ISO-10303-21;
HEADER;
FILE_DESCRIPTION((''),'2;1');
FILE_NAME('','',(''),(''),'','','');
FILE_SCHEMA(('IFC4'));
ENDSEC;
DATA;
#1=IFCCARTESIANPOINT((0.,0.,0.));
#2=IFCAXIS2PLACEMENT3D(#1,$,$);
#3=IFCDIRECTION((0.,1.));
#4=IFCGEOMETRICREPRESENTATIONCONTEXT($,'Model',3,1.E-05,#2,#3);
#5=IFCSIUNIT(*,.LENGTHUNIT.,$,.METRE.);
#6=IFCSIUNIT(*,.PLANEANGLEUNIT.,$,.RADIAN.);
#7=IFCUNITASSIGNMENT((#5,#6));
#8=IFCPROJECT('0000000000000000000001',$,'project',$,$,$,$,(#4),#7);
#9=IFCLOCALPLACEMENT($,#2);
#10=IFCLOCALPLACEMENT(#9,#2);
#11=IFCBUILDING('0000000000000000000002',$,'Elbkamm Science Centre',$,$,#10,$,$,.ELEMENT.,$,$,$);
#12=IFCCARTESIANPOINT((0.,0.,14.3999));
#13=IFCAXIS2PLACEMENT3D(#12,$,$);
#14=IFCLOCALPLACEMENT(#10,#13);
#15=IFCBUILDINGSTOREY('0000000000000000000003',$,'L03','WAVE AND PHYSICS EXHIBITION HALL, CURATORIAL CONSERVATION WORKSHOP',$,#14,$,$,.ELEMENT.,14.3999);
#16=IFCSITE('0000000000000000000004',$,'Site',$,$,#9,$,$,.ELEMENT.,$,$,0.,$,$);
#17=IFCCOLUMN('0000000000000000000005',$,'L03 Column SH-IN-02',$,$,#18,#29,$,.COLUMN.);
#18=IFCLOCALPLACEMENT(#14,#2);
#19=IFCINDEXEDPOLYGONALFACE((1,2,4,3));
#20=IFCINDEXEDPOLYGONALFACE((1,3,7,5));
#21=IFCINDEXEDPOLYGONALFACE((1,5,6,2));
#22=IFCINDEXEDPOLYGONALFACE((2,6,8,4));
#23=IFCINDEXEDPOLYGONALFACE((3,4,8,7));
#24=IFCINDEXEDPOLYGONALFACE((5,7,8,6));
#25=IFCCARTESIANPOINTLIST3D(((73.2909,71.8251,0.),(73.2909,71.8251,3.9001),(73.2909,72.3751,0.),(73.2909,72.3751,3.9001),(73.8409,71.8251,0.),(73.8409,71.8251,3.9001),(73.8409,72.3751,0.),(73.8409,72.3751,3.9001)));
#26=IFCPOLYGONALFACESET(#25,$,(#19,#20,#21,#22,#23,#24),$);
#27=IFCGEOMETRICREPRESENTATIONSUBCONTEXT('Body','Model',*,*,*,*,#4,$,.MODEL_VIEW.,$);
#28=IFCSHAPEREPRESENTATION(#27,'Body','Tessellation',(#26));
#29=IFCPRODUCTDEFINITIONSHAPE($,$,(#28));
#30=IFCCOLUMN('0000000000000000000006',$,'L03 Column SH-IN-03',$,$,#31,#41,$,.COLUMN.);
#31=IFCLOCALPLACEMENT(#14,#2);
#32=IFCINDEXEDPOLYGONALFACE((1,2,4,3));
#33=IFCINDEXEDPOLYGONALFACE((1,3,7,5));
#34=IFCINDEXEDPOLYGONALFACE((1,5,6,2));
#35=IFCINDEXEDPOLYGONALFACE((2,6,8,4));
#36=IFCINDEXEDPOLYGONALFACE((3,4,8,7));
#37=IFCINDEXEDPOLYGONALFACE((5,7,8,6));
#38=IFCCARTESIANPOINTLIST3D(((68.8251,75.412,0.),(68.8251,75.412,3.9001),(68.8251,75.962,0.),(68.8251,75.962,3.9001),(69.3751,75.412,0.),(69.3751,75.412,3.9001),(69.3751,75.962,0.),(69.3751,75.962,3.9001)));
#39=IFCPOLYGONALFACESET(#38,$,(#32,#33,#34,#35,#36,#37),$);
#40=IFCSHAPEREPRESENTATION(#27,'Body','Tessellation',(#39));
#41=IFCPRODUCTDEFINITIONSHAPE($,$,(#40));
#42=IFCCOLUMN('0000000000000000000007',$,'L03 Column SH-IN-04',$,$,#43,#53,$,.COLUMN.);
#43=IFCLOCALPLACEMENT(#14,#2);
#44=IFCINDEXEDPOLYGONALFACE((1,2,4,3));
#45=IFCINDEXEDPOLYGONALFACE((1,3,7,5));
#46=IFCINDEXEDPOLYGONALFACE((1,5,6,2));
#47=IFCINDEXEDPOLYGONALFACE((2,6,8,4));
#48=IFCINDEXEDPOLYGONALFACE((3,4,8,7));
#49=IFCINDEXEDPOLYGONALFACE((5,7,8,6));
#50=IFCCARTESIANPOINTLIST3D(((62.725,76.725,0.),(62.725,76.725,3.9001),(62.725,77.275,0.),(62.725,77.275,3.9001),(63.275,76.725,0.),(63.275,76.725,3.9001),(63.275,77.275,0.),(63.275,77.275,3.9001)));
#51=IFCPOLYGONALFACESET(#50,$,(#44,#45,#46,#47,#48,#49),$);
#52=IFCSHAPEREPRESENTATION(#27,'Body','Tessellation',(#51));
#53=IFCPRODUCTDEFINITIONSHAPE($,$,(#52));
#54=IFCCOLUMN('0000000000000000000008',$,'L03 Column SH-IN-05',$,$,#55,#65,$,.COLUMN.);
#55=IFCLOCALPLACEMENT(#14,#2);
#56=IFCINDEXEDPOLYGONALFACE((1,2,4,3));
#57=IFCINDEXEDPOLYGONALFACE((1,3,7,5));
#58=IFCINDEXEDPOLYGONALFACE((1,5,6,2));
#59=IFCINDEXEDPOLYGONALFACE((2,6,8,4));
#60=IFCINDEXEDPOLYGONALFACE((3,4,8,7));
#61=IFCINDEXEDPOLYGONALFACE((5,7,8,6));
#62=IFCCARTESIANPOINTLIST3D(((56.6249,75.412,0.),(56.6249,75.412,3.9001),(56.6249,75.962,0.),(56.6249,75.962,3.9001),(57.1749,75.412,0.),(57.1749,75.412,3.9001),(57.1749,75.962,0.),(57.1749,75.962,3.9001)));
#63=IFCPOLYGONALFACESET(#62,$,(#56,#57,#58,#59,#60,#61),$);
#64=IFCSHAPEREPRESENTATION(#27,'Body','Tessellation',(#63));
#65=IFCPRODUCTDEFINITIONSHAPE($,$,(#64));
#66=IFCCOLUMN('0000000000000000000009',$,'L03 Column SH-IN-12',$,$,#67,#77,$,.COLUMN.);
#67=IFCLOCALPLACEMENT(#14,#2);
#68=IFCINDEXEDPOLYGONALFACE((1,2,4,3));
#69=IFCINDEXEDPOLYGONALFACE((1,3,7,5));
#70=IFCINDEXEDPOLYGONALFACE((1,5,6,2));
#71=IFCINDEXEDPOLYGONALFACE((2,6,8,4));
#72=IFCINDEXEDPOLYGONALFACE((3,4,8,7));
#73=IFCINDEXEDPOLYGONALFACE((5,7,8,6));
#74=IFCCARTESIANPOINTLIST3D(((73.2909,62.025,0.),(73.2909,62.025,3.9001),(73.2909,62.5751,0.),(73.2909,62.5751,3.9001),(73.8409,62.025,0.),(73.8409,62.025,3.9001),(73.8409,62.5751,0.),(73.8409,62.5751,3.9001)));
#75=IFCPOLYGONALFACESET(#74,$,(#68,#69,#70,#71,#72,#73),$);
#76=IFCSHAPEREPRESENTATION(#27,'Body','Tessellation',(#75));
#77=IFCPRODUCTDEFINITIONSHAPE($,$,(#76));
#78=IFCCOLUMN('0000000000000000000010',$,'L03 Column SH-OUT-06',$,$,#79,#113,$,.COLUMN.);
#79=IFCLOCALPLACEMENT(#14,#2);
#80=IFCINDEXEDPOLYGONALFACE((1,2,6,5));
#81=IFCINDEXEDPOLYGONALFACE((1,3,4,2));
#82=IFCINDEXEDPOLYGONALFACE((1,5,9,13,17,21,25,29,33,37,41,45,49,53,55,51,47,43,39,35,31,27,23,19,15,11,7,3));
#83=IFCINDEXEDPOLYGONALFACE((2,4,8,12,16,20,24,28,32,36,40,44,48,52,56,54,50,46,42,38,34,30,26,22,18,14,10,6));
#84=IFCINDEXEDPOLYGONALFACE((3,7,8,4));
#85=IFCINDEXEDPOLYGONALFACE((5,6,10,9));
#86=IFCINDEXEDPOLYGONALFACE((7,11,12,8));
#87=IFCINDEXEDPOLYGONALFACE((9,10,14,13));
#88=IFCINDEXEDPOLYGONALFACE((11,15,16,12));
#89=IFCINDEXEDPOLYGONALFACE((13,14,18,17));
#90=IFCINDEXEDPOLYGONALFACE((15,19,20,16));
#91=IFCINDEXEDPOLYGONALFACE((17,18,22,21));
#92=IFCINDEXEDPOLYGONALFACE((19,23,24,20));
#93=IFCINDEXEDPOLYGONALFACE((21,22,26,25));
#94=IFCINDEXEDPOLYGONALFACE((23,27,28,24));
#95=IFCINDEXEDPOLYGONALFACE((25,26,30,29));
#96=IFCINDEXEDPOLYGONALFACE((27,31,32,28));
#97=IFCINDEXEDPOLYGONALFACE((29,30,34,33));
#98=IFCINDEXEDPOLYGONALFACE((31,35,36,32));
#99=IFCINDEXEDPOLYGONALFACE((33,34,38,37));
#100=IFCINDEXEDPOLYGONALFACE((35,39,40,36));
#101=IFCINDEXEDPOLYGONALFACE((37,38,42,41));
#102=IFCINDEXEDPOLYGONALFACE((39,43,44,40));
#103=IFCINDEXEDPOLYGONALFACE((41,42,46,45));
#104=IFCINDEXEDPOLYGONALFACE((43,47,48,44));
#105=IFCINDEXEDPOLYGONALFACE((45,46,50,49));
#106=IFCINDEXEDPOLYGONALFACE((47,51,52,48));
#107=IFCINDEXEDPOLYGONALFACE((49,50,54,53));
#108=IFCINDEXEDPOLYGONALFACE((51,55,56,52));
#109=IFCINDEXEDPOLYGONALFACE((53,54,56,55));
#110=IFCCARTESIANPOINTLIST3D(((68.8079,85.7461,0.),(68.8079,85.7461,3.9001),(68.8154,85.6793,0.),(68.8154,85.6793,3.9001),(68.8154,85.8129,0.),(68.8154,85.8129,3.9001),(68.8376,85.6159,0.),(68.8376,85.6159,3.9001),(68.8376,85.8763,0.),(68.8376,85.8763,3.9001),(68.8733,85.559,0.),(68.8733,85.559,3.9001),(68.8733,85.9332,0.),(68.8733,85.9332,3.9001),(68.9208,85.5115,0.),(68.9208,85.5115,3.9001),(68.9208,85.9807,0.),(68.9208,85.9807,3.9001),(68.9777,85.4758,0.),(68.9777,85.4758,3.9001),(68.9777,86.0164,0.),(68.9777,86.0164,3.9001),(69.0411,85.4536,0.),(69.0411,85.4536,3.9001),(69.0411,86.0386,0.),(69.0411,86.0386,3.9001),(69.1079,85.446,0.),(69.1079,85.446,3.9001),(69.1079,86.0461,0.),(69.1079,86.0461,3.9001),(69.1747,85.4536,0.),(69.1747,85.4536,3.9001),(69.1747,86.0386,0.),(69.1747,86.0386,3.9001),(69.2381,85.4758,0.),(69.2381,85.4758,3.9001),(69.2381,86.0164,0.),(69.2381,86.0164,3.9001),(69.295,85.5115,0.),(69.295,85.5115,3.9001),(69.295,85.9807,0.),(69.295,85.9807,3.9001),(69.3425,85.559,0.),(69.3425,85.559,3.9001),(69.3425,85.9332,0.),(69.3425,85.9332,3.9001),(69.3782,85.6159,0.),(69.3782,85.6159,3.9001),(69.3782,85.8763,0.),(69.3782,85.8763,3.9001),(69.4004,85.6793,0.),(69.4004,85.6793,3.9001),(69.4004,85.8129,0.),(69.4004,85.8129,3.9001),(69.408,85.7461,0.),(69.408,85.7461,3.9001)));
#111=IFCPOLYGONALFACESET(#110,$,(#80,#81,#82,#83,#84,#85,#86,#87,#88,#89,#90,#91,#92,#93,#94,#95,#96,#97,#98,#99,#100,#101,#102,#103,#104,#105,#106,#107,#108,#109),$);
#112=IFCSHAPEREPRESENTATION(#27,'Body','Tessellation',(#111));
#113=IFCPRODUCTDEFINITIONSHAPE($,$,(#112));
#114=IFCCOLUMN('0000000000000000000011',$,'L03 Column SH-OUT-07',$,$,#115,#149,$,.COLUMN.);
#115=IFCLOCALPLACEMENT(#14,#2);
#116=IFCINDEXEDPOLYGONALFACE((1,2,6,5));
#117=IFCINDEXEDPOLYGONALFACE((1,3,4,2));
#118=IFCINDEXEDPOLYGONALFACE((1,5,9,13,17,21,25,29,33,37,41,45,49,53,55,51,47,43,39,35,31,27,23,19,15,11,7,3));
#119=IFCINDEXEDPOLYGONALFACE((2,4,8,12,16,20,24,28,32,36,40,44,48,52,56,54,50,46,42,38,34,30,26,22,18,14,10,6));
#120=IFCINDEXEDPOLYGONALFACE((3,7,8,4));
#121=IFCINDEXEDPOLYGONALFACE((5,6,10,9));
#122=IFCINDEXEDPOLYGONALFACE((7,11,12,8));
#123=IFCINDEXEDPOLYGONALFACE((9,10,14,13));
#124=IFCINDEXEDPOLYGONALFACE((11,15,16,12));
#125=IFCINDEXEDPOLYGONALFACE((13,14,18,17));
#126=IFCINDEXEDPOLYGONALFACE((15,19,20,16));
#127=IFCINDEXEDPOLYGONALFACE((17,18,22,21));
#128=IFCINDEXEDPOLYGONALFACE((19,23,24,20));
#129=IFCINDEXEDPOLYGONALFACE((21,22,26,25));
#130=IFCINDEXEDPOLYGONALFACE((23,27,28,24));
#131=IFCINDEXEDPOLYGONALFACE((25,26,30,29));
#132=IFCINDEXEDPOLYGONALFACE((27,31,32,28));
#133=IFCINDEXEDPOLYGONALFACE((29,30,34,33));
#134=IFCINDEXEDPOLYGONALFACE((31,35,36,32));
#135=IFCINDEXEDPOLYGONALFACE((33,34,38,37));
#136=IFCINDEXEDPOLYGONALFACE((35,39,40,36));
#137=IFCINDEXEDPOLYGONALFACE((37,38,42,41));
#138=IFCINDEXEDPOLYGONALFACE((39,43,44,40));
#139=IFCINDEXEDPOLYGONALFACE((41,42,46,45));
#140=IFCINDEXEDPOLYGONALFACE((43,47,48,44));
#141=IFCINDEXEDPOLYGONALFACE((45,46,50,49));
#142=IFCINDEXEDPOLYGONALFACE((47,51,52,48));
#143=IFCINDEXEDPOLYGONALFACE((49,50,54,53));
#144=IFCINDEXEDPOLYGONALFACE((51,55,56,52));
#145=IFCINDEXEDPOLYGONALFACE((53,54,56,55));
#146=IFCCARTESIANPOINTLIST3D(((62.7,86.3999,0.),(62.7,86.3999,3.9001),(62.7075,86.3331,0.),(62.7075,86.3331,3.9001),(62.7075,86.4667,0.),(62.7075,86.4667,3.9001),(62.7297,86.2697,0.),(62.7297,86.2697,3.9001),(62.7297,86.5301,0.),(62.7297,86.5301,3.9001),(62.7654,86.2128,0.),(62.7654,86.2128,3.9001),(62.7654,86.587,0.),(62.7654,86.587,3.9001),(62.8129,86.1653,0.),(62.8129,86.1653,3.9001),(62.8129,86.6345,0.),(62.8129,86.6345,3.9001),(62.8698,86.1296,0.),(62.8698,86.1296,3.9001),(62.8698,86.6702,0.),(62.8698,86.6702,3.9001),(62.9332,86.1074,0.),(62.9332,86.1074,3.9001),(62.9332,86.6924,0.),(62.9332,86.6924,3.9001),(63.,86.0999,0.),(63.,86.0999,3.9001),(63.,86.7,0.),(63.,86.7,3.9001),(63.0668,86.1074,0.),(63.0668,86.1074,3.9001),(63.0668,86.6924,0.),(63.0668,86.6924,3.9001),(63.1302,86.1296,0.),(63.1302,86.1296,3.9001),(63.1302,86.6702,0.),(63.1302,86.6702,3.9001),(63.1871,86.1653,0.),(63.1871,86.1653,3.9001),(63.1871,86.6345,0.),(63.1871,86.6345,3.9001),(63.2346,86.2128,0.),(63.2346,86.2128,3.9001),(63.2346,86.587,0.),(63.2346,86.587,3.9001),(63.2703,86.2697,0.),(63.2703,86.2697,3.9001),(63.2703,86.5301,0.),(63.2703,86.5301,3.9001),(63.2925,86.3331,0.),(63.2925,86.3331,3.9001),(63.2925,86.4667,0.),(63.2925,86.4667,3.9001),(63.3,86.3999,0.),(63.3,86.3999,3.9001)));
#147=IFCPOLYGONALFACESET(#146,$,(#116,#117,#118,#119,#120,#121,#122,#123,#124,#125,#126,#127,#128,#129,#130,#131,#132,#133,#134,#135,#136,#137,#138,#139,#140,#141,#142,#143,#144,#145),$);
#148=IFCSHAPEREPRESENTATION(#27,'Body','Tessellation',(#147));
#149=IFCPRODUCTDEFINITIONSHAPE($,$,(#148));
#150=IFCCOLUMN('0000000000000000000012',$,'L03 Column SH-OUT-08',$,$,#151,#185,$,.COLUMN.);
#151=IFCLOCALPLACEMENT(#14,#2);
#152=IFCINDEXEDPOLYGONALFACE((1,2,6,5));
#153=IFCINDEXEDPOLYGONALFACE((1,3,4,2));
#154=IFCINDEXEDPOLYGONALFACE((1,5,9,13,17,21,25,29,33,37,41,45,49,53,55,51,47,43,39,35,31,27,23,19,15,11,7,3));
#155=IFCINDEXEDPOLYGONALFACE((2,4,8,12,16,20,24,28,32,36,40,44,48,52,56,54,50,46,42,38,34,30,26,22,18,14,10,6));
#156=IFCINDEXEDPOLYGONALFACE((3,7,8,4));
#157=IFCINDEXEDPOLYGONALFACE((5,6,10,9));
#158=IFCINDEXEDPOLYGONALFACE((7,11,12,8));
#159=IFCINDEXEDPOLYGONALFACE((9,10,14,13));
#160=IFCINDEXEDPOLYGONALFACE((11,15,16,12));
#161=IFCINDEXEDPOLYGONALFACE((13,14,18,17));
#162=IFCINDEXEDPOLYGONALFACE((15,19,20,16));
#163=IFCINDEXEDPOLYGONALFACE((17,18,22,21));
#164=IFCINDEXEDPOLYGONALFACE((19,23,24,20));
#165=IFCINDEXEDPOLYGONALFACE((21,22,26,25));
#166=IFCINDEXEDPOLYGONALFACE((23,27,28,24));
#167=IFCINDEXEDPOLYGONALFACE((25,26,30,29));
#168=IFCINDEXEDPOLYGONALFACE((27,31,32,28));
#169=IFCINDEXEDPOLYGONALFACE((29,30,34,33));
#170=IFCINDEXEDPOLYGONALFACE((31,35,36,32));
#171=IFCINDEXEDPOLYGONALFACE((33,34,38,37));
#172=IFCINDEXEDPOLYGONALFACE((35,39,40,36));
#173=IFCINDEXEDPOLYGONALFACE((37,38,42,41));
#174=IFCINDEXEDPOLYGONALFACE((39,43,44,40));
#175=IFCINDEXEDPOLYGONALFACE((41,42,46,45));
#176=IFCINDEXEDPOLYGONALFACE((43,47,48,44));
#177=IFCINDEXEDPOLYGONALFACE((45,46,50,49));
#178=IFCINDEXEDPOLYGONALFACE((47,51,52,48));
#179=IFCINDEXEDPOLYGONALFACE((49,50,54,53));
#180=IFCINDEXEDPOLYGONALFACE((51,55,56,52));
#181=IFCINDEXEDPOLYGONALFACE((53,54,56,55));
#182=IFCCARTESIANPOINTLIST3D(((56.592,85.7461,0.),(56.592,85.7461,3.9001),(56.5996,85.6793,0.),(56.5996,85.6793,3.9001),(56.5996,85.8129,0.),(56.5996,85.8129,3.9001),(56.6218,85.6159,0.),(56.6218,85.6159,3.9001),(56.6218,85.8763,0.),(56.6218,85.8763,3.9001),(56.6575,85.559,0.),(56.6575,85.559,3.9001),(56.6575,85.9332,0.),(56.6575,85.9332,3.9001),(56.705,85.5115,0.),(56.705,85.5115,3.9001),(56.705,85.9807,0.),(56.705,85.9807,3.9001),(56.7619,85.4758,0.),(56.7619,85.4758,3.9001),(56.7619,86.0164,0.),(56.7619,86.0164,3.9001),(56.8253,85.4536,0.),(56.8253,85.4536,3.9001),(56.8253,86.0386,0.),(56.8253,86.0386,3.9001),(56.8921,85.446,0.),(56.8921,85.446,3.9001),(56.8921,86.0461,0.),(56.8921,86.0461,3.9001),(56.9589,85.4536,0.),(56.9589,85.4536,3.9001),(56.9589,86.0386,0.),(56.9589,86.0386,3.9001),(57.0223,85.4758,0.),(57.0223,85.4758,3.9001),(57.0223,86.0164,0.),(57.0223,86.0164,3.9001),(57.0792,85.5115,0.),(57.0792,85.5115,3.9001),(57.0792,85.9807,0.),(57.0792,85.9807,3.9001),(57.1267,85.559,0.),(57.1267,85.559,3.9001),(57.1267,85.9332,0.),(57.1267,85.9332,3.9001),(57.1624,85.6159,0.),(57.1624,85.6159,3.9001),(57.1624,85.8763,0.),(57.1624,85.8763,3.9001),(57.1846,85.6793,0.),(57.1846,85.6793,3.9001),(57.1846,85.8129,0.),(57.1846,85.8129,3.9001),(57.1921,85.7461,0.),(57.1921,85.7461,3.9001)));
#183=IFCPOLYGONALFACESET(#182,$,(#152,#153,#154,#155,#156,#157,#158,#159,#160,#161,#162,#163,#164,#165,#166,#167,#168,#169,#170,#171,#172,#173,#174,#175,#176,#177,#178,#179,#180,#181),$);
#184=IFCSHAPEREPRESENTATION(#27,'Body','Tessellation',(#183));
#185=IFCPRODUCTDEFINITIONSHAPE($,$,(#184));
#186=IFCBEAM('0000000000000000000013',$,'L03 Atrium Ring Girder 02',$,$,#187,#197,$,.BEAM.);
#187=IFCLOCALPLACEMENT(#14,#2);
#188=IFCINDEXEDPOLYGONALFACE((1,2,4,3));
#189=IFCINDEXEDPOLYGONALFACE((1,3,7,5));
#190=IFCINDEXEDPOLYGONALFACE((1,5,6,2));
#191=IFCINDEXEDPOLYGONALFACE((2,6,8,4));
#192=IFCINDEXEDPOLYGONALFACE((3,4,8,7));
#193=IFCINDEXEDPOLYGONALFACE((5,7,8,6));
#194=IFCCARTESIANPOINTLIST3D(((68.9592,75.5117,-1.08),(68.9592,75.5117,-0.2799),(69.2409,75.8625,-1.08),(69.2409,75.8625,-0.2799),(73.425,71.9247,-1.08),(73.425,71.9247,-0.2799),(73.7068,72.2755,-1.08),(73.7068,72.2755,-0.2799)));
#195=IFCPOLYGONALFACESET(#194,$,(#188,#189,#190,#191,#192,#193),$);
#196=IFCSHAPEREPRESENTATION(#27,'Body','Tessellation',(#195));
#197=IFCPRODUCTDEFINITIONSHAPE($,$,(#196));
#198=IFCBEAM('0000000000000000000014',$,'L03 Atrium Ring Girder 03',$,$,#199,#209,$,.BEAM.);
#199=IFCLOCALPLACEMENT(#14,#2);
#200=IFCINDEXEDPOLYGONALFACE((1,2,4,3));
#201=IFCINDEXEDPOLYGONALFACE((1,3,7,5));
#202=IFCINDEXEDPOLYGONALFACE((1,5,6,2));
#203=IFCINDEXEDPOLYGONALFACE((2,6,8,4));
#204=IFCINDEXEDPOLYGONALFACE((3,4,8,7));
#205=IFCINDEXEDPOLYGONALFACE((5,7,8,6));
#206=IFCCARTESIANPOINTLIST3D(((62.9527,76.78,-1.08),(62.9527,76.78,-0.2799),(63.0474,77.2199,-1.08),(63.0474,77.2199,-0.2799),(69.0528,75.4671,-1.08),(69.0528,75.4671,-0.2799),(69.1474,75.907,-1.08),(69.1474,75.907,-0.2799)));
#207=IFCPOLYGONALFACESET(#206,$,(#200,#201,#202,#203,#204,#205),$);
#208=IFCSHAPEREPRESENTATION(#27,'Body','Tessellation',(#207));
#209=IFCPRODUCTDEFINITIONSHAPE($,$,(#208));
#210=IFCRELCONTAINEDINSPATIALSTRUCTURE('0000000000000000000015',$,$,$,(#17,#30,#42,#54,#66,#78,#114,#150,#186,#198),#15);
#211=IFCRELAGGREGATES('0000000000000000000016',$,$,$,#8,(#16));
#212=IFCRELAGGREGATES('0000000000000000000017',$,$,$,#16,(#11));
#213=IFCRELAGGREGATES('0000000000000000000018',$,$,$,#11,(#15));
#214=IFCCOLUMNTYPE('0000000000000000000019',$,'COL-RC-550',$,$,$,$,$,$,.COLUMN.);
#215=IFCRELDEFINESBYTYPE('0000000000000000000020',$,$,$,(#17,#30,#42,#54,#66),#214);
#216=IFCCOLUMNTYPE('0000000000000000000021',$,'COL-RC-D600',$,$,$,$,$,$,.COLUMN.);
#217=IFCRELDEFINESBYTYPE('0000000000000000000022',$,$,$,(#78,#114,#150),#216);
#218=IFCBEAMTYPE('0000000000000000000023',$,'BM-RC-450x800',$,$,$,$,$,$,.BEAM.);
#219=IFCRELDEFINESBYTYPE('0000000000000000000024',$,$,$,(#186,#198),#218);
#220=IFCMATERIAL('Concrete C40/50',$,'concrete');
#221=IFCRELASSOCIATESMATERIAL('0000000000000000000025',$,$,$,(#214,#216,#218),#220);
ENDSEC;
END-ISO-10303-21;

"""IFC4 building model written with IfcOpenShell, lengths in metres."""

from ifc_helpers import new_model, si_unit, direction, frame, origin, origin_2d, place, context, subcontext, project, spatial, rectangle, circle, extrude, material, material_profile, profile_set, type_object, element, save


model = new_model("IFC4")

# Units and contexts
model_context = context("Model", 3, precision=1e-05, world=origin(), true_north=direction((0.0, 1.0)))
body_context = subcontext(model_context, "Body", "Model", "MODEL_VIEW")
ifc_project = project(units=[si_unit("LENGTHUNIT", "METRE"), si_unit("PLANEANGLEUNIT", "RADIAN")], contexts=[model_context])

# Site, building, storey
site_placement = place(None, origin())
site = spatial("IfcSite", under=ifc_project, at=site_placement, Name="Site", CompositionType="ELEMENT", RefElevation=0.0)
building_placement = place(site_placement, origin())
building = spatial("IfcBuilding", under=site, at=building_placement, Name="Elbkamm Science Centre", CompositionType="ELEMENT")
storey_placement = place(building_placement, frame((0.0, 0.0, 14.3999)))
storey = spatial("IfcBuildingStorey", under=building, at=storey_placement, Name="L03", Description="WAVE AND PHYSICS EXHIBITION HALL, CURATORIAL CONSERVATION WORKSHOP", CompositionType="ELEMENT", Elevation=14.3999)

# Columns
ifc_material_1 = material(Name="Concrete C40/50", Category="concrete")
ifc_material_profile_1 = material_profile(ifc_material_1, rectangle(XDim=0.55, YDim=0.55, at=origin_2d()), Name="RC 550x550")
ifc_profile_set_1 = profile_set([ifc_material_profile_1], Name="Concrete C40/50")
column_type_1 = type_object("IfcColumnType", Name="COL-RC-550", PredefinedType="COLUMN", material=ifc_profile_set_1)
for number, where, z_axis, x_axis, name in (
    (1, (73.5659, 72.1001, 0.0), (0.0, 0.0, 1.0), (1.0, 0.0, 0.0), "L03 Column SH-IN-02"),
    (2, (69.1001, 75.687, 0.0), (0.0, 0.0, 1.0), (1.0, 0.0, 0.0), "L03 Column SH-IN-03"),
    (3, (63.0, 77.0, 0.0), (0.0, 0.0, 1.0), (1.0, 0.0, 0.0), "L03 Column SH-IN-04"),
    (4, (56.8999, 75.687, 0.0), (0.0, 0.0, 1.0), (1.0, 0.0, 0.0), "L03 Column SH-IN-05"),
    (5, (73.5659, 62.3, 0.0), (0.0, 0.0, 1.0), (1.0, 0.0, 0.0), "L03 Column SH-IN-12"),
):
    element("IfcColumn", number, at=place(storey_placement, frame(where, z_axis=z_axis, x_axis=x_axis)), inside=storey, type_object=column_type_1, Name=name, PredefinedType="COLUMN", context=body_context, shape_type="SweptSolid", body=[
        extrude(rectangle(XDim=0.55, YDim=0.55, at=origin_2d()), origin(), (0.0, 0.0, 1.0), 3.9001),
    ])
ifc_material_profile_2 = material_profile(ifc_material_1, circle(Radius=0.3, at=origin_2d()), Name="RC D600")
ifc_profile_set_2 = profile_set([ifc_material_profile_2], Name="Concrete C40/50")
column_type_2 = type_object("IfcColumnType", Name="COL-RC-D600", PredefinedType="COLUMN", material=ifc_profile_set_2)
for number, where, z_axis, x_axis, name in (
    (6, (69.1079, 85.7461, 0.0), (0.0, 0.0, 1.0), (1.0, 0.0, 0.0), "L03 Column SH-OUT-06"),
    (7, (63.0, 86.3999, 0.0), (0.0, 0.0, 1.0), (1.0, 0.0, 0.0), "L03 Column SH-OUT-07"),
    (8, (56.8921, 85.7461, 0.0), (0.0, 0.0, 1.0), (1.0, 0.0, 0.0), "L03 Column SH-OUT-08"),
):
    element("IfcColumn", number, at=place(storey_placement, frame(where, z_axis=z_axis, x_axis=x_axis)), inside=storey, type_object=column_type_2, Name=name, PredefinedType="COLUMN", context=body_context, shape_type="SweptSolid", body=[
        extrude(circle(Radius=0.3, at=origin_2d()), origin(), (0.0, 0.0, 1.0), 3.9001),
    ])

# Beams
ifc_material_profile_3 = material_profile(ifc_material_1, rectangle(XDim=0.45, YDim=0.8, at=origin_2d()), Name="RC 450x800")
ifc_profile_set_3 = profile_set([ifc_material_profile_3], Name="Concrete C40/50")
beam_type_1 = type_object("IfcBeamType", Name="BM-RC-450x800", PredefinedType="BEAM", material=ifc_profile_set_3)
beam_1_placement = place(storey_placement, frame((73.5659, 72.1001, -0.6799), z_axis=(-0.779653, 0.626212, 0.0), x_axis=(-0.626212, -0.779653, 0.0)))
element("IfcBeam", 9, at=beam_1_placement, inside=storey, type_object=beam_type_1, Name="L03 Atrium Ring Girder 02", PredefinedType="BEAM", context=body_context, shape_type="SweptSolid", body=[
    extrude(rectangle(XDim=0.45, YDim=0.8, at=origin_2d()), origin(), (0.0, 0.0, 1.0), 5.728),
])
for number, where, z_axis, x_axis, name in (
    (10, (69.1001, 75.687, -0.6799), (-0.977611, 0.210421, 0.0), (-0.210421, -0.977611, 0.0), "L03 Atrium Ring Girder 03"),
):
    element("IfcBeam", number, at=place(storey_placement, frame(where, z_axis=z_axis, x_axis=x_axis)), inside=storey, type_object=beam_type_1, Name=name, PredefinedType="BEAM", context=body_context, shape_type="SweptSolid", body=[
        extrude(rectangle(XDim=0.45, YDim=0.8, at=origin_2d()), origin(), (0.0, 0.0, 1.0), 6.2397),
    ])

save(model, "model.ifc")
